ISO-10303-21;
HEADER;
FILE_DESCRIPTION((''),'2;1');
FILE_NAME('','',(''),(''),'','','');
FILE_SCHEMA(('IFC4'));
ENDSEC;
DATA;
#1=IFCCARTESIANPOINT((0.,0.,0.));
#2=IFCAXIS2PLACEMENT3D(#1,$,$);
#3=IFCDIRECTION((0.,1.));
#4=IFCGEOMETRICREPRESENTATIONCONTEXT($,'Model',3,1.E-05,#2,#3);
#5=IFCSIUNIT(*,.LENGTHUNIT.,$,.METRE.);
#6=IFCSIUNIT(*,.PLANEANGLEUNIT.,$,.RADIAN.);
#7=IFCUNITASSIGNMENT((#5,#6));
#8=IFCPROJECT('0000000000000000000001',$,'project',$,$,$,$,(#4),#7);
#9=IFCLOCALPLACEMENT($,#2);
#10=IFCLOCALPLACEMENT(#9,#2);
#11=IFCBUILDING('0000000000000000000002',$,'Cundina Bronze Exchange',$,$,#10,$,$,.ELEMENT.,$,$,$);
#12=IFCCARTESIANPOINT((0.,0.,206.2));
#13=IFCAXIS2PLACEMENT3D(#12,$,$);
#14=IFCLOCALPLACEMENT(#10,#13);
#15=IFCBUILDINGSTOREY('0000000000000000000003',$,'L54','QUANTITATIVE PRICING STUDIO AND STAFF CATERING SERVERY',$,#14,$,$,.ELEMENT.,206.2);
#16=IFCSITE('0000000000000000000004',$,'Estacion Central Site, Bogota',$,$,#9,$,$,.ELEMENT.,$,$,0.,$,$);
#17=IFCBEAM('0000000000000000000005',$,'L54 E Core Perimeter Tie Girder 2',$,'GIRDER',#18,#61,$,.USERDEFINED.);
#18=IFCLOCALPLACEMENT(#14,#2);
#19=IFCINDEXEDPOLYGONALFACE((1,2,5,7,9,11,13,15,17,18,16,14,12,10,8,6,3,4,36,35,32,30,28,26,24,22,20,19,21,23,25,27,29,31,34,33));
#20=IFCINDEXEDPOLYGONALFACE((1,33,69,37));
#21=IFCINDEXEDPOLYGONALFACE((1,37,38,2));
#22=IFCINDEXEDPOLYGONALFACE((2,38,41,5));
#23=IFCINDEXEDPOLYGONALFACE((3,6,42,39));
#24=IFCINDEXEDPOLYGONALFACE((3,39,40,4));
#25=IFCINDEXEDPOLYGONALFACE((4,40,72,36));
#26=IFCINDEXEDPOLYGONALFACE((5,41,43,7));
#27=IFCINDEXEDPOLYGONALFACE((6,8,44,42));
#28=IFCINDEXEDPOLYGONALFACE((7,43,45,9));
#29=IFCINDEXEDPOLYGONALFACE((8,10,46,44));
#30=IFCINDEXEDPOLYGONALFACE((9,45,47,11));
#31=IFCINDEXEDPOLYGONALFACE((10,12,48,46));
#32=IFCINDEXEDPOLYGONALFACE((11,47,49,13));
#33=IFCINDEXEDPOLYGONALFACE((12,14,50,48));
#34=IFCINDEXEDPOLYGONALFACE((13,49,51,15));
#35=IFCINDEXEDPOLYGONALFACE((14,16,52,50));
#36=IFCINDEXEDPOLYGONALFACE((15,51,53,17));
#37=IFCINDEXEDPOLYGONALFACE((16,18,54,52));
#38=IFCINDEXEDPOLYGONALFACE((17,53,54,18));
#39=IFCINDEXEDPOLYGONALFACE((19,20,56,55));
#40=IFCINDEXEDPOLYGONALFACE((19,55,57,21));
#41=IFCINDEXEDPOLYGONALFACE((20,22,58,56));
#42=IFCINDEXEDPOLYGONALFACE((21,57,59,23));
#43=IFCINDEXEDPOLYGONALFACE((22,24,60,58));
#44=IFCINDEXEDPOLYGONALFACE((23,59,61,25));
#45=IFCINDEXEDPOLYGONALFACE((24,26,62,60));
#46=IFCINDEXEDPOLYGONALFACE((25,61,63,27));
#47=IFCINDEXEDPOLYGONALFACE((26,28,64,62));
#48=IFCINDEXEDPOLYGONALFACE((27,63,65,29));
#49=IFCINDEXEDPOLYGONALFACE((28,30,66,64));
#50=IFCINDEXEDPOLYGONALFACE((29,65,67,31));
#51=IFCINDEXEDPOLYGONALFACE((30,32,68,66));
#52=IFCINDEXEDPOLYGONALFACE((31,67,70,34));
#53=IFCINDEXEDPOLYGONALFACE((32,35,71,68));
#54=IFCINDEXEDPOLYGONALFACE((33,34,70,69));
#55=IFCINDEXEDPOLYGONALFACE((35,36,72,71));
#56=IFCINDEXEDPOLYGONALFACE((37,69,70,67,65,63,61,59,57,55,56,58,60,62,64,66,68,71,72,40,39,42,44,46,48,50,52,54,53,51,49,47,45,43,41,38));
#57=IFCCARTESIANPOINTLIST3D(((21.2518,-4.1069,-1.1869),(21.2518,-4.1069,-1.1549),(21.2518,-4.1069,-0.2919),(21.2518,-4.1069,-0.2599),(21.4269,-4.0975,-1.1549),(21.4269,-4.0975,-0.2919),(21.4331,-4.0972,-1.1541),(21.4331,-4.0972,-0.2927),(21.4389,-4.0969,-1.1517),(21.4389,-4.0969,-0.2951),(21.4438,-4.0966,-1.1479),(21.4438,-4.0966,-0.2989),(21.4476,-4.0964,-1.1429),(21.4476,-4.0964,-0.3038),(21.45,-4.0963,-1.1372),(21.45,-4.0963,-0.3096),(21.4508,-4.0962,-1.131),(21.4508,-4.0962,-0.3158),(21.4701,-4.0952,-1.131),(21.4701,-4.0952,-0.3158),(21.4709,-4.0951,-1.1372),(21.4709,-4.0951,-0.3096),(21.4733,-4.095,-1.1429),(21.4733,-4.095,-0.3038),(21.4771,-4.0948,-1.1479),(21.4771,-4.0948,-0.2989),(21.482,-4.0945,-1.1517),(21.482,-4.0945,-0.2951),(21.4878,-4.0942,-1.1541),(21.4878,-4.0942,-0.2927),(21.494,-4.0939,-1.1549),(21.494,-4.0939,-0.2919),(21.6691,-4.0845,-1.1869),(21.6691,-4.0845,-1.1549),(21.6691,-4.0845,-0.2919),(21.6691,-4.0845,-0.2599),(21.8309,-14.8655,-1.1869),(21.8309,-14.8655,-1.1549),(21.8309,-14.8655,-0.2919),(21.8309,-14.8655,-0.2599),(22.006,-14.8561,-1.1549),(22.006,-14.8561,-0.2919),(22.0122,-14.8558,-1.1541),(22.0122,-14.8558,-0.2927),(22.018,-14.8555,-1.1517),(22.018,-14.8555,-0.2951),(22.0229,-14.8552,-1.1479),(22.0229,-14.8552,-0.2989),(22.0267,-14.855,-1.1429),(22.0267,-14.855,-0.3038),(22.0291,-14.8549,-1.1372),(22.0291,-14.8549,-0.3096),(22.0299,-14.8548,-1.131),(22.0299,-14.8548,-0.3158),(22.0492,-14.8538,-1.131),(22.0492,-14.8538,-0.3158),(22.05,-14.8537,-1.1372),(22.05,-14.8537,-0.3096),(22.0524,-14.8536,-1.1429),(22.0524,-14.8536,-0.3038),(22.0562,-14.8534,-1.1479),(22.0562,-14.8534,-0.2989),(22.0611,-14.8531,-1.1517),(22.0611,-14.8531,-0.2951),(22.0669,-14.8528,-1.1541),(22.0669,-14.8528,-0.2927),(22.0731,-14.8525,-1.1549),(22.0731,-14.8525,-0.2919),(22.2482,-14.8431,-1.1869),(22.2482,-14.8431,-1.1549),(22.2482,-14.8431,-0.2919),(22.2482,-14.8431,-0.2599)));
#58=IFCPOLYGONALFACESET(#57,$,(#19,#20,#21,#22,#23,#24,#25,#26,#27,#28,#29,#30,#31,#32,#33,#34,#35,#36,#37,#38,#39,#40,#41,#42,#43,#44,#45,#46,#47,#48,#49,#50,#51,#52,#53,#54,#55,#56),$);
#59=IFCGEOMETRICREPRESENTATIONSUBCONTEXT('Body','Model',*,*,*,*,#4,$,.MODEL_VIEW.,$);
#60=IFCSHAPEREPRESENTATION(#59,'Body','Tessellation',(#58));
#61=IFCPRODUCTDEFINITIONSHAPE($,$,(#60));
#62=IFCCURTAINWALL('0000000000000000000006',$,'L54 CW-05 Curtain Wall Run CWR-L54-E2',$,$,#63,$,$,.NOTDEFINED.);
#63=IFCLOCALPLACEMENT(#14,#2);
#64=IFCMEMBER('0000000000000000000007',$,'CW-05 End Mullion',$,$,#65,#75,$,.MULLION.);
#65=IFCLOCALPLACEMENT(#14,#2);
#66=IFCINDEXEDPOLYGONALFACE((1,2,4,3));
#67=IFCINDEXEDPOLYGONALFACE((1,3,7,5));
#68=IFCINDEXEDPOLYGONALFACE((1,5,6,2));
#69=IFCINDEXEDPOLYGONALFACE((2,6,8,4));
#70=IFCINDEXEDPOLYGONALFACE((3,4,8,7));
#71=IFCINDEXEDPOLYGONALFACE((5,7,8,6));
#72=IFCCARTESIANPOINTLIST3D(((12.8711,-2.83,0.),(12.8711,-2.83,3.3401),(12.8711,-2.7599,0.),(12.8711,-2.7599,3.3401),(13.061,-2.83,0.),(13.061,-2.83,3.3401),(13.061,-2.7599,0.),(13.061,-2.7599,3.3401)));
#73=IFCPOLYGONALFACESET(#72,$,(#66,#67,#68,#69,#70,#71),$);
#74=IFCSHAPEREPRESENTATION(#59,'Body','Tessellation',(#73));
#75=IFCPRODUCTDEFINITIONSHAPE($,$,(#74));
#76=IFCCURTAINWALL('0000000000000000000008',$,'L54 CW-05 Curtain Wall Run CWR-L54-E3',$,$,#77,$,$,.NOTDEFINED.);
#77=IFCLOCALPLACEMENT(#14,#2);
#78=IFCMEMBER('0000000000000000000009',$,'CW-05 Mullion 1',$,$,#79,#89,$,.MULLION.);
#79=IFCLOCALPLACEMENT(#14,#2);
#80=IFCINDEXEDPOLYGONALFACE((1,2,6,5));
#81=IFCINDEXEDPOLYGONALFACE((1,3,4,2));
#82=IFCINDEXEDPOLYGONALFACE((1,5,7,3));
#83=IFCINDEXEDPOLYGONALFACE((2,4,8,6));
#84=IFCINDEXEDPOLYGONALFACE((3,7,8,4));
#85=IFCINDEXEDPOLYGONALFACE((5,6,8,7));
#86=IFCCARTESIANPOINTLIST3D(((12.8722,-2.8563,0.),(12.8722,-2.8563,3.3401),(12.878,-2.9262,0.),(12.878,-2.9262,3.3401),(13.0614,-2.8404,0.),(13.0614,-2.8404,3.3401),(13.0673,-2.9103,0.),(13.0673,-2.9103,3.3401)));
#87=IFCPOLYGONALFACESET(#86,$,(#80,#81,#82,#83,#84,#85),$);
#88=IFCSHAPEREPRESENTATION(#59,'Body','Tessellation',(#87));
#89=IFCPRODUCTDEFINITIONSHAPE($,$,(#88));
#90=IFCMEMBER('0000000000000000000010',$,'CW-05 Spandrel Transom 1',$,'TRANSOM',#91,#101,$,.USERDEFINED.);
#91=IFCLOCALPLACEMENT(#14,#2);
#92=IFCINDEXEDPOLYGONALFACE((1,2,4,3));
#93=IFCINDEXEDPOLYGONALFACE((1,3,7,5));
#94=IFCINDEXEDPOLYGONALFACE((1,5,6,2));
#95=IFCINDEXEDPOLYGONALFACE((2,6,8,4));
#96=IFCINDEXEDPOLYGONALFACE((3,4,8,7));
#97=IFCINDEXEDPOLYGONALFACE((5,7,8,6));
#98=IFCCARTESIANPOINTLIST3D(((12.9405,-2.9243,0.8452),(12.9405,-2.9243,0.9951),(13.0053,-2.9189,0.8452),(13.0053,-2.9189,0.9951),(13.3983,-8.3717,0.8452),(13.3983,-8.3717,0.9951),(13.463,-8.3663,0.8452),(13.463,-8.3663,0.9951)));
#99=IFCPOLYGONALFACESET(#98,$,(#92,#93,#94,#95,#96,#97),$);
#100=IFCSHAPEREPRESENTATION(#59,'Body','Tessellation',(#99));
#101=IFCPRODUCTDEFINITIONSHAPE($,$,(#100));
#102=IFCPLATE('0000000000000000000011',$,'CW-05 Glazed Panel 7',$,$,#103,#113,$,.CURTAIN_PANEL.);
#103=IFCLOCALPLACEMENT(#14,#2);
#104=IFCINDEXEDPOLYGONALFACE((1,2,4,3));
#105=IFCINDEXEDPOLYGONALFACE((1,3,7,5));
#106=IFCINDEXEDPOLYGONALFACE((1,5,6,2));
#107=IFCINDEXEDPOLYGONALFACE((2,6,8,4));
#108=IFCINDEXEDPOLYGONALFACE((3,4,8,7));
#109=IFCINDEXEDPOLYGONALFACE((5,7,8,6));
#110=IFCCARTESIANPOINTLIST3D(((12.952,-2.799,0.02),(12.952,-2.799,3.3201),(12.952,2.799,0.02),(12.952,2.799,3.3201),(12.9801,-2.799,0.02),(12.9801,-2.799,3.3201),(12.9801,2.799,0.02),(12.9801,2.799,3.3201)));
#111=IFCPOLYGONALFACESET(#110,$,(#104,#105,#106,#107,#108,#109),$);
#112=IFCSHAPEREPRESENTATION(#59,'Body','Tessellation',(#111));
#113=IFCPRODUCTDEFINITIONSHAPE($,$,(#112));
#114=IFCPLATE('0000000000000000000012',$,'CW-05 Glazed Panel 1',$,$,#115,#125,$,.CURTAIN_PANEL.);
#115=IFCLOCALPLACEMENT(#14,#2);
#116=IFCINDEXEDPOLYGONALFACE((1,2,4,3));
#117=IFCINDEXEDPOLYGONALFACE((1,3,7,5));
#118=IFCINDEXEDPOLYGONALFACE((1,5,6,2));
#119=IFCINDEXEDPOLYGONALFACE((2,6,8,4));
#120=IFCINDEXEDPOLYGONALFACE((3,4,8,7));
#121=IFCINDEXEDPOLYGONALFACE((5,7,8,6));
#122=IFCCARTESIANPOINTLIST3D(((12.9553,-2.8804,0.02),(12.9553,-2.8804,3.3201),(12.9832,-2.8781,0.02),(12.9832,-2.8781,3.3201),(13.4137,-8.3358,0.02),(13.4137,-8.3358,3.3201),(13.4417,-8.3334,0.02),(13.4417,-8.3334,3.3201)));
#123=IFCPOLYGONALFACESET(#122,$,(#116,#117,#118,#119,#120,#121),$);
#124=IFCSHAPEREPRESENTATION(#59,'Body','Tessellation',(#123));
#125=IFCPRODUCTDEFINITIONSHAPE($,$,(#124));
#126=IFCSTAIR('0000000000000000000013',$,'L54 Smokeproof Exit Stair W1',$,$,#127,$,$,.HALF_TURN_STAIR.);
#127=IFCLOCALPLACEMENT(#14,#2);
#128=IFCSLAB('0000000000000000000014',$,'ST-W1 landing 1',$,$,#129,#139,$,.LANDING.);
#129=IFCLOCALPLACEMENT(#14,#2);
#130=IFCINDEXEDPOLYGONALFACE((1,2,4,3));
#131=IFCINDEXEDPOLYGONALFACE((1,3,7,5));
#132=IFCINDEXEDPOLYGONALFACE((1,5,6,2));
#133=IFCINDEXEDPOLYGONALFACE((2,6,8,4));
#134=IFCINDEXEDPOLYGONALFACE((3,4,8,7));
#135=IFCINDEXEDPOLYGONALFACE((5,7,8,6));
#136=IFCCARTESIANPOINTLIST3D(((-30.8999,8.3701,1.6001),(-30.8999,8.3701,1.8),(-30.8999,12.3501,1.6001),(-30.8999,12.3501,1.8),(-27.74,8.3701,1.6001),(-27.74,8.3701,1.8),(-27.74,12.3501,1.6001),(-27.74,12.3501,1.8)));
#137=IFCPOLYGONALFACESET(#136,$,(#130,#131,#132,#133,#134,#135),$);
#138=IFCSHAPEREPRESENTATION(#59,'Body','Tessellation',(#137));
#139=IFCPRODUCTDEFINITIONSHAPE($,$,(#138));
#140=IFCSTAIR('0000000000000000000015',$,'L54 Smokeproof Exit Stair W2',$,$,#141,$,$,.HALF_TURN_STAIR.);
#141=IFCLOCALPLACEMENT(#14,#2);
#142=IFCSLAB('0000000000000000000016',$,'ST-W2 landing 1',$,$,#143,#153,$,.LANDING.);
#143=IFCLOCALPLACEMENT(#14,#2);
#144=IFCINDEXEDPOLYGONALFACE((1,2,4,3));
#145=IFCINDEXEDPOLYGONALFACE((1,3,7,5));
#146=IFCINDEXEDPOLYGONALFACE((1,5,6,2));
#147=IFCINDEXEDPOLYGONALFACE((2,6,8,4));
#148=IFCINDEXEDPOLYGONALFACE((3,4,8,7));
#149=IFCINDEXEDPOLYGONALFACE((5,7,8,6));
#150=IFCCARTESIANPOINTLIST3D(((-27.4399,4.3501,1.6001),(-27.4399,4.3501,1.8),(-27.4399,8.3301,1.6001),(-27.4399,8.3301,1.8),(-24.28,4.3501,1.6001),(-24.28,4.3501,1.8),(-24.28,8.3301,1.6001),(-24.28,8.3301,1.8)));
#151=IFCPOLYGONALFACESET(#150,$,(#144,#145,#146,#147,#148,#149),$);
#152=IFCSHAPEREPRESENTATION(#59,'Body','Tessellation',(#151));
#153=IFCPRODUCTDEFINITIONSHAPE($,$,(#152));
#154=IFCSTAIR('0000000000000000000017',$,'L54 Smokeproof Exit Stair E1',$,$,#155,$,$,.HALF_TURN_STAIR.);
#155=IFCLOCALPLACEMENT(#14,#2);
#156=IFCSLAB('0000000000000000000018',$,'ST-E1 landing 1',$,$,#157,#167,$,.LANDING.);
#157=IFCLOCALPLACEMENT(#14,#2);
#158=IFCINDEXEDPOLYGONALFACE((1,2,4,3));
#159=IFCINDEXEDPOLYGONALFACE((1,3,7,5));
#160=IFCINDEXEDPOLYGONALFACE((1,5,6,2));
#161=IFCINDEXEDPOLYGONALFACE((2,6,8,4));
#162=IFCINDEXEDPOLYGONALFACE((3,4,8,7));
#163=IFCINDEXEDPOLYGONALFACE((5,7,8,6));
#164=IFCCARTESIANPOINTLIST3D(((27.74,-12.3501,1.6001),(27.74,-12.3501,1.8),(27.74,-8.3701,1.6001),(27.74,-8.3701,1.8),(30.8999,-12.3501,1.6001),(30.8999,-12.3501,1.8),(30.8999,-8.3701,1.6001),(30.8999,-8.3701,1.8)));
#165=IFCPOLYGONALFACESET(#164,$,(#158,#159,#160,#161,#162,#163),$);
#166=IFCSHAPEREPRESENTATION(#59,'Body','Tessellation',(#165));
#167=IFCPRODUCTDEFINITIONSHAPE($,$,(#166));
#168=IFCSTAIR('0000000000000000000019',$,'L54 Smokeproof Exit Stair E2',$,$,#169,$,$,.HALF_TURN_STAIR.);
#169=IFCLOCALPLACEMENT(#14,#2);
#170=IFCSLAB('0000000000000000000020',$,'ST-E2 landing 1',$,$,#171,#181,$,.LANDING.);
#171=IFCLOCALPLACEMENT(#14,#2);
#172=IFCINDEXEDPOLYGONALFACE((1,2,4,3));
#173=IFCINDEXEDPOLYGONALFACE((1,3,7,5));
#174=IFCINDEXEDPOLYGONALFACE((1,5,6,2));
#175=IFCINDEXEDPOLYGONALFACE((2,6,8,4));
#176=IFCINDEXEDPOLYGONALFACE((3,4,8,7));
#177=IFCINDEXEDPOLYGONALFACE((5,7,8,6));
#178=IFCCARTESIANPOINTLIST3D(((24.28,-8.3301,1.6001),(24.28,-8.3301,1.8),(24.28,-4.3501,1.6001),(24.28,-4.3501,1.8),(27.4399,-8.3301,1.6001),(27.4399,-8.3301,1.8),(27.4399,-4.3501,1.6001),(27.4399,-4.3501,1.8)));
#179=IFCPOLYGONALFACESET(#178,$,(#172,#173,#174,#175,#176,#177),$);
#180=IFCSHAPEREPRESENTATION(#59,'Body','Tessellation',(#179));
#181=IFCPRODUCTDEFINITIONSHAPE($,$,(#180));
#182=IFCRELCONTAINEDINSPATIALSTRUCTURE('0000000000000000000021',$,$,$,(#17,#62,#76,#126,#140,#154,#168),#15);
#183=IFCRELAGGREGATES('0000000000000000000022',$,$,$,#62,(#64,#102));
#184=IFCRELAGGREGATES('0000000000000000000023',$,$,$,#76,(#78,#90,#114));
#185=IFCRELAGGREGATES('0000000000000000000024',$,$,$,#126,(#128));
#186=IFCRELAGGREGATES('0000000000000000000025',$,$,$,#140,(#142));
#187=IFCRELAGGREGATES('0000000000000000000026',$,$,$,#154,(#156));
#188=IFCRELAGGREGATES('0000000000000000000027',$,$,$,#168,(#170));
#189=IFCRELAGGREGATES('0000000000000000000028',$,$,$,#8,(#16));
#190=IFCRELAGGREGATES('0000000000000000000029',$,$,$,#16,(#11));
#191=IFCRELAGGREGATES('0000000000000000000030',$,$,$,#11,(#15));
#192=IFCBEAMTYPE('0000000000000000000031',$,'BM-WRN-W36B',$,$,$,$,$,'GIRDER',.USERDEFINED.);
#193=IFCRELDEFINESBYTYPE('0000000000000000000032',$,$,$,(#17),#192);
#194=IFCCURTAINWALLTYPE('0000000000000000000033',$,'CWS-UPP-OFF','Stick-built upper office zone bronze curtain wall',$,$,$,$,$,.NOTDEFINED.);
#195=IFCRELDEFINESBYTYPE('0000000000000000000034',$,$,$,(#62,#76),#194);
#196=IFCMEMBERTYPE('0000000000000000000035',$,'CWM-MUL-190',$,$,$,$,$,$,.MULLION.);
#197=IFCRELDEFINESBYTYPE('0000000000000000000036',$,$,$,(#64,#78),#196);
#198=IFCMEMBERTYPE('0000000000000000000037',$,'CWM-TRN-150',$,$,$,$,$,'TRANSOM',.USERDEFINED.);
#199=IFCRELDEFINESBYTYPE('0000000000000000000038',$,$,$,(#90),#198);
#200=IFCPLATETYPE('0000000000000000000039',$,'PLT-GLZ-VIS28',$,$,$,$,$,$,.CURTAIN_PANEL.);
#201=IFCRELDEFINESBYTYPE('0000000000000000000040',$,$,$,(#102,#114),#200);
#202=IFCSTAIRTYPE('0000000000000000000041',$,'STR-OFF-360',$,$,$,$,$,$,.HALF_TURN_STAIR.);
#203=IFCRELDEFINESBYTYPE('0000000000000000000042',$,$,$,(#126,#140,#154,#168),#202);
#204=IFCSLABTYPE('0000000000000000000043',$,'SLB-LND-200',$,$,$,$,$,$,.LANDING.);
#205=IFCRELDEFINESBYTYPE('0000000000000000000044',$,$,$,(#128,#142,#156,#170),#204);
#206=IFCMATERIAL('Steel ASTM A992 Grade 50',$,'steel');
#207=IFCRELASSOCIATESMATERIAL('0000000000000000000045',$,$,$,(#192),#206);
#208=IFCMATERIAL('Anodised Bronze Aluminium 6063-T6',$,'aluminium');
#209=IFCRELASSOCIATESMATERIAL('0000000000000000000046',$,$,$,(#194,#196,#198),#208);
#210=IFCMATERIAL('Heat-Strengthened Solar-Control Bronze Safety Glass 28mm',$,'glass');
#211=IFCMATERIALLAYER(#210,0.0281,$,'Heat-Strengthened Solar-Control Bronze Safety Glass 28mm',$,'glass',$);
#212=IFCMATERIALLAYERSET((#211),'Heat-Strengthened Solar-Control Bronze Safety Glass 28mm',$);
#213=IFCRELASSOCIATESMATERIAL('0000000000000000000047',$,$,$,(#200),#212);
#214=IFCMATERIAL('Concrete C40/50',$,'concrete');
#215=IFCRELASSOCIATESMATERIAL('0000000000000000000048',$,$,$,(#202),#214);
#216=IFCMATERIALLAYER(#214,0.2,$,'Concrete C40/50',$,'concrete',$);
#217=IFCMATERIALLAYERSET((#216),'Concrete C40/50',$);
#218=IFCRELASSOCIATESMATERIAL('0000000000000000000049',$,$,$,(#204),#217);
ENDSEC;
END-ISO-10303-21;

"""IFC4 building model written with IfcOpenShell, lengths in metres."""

from ifc_helpers import new_model, si_unit, direction, frame, origin, origin_2d, place, context, subcontext, project, spatial, polyline, rectangle, i_section, outline, extrude, material, layer, layer_set, material_profile, profile_set, type_object, element, aggregate, save


model = new_model("IFC4")

# Units and contexts
model_context = context("Model", 3, precision=1e-05, world=origin(), true_north=direction((0.0, 1.0)))
body_context = subcontext(model_context, "Body", "Model", "MODEL_VIEW")
ifc_project = project(units=[si_unit("LENGTHUNIT", "METRE"), si_unit("PLANEANGLEUNIT", "RADIAN")], contexts=[model_context])

# Site, building, storey
site_placement = place(None, origin())
site = spatial("IfcSite", under=ifc_project, at=site_placement, Name="Estacion Central Site, Bogota", CompositionType="ELEMENT", RefElevation=0.0)
building_placement = place(site_placement, origin())
building = spatial("IfcBuilding", under=site, at=building_placement, Name="Cundina Bronze Exchange", CompositionType="ELEMENT")
storey_placement = place(building_placement, frame((0.0, 0.0, 206.2)))
storey = spatial("IfcBuildingStorey", under=building, at=storey_placement, Name="L54", Description="QUANTITATIVE PRICING STUDIO AND STAFF CATERING SERVERY", CompositionType="ELEMENT", Elevation=206.2)

# Shared definitions
ifc_material_1 = material(Name="Steel ASTM A992 Grade 50", Category="steel")

# Beam
ifc_material_profile_1 = material_profile(ifc_material_1, i_section(OverallWidth=0.418, OverallDepth=0.927, WebThickness=0.0193, FlangeThickness=0.032, FilletRadius=0.0239, at=origin_2d()), Name="W36X231", Category="steel")
ifc_profile_set_1 = profile_set([ifc_material_profile_1], Name="Steel ASTM A992 Grade 50")
beam_type_1 = type_object("IfcBeamType", Name="BM-WRN-W36B", ElementType="GIRDER", PredefinedType="USERDEFINED", material=ifc_profile_set_1)
beam_1_placement = place(storey_placement, frame((21.4604, -4.0957, -0.7234), z_axis=(0.053749, -0.998554, 0.0), x_axis=(0.998554, 0.053749, 0.0)))
element("IfcBeam", 1, at=beam_1_placement, inside=storey, type_object=beam_type_1, Name="L54 E Core Perimeter Tie Girder 2", ObjectType="GIRDER", PredefinedType="USERDEFINED", context=body_context, shape_type="SweptSolid", body=[
    extrude(i_section(OverallWidth=0.418, OverallDepth=0.927, WebThickness=0.0193, FlangeThickness=0.032, FilletRadius=0.0239, at=origin_2d()), origin(), (0.0, 0.0, 1.0), 10.7742),
])

# Curtain wall, member
ifc_material_2 = material(Name="Anodised Bronze Aluminium 6063-T6", Category="aluminium")
curtain_wall_type = type_object("IfcCurtainWallType", Name="CWS-UPP-OFF", Description="Stick-built upper office zone bronze curtain wall", PredefinedType="NOTDEFINED", material=ifc_material_2)
curtain_wall_1_placement = place(storey_placement, origin())
curtain_wall_1 = element("IfcCurtainWall", 2, at=curtain_wall_1_placement, inside=storey, type_object=curtain_wall_type, Name="L54 CW-05 Curtain Wall Run CWR-L54-E2", PredefinedType="NOTDEFINED")
ifc_material_profile_2 = material_profile(ifc_material_2, rectangle(XDim=0.0701, YDim=0.1899, at=origin_2d()), Name="AL70X190", Category="aluminium")
ifc_profile_set_2 = profile_set([ifc_material_profile_2], Name="Anodised Bronze Aluminium 6063-T6")
member_type_1 = type_object("IfcMemberType", Name="CWM-MUL-190", PredefinedType="MULLION", material=ifc_profile_set_2)
member_1_placement = place(storey_placement, frame((12.9661, -2.7949, 0.0), z_axis=(0.0, 0.0, 1.0), x_axis=(0.0, -1.0, 0.0)))
member_1 = element("IfcMember", 3, at=member_1_placement, type_object=member_type_1, Name="CW-05 End Mullion", PredefinedType="MULLION", context=body_context, shape_type="SweptSolid", body=[
    extrude(rectangle(XDim=0.0701, YDim=0.1899, at=origin_2d()), origin(), (0.0, 0.0, 1.0), 3.3401),
])

# Curtain wall, members
curtain_wall_2_placement = place(storey_placement, origin())
curtain_wall_2 = element("IfcCurtainWall", 4, at=curtain_wall_2_placement, inside=storey, type_object=curtain_wall_type, Name="L54 CW-05 Curtain Wall Run CWR-L54-E3", PredefinedType="NOTDEFINED")
member_2_placement = place(storey_placement, frame((12.9697, -2.8833, 0.0), z_axis=(0.0, 0.0, 1.0), x_axis=(0.083678, -0.996493, 0.0)))
member_2 = element("IfcMember", 5, at=member_2_placement, type_object=member_type_1, Name="CW-05 Mullion 1", PredefinedType="MULLION", context=body_context, shape_type="SweptSolid", body=[
    extrude(rectangle(XDim=0.0701, YDim=0.1899, at=origin_2d()), origin(), (0.0, 0.0, 1.0), 3.3401),
])
ifc_material_profile_3 = material_profile(ifc_material_2, rectangle(XDim=0.0649, YDim=0.1499, at=origin_2d()), Name="AL65X150", Category="aluminium")
ifc_profile_set_3 = profile_set([ifc_material_profile_3], Name="Anodised Bronze Aluminium 6063-T6")
member_type_2 = type_object("IfcMemberType", Name="CWM-TRN-150", ElementType="TRANSOM", PredefinedType="USERDEFINED", material=ifc_profile_set_3)
member_3_placement = place(storey_placement, frame((12.9729, -2.9216, 0.9202), z_axis=(0.08374, -0.996488, 0.0), x_axis=(0.996488, 0.08374, 0.0)))
member_3 = element("IfcMember", 6, at=member_3_placement, type_object=member_type_2, Name="CW-05 Spandrel Transom 1", ObjectType="TRANSOM", PredefinedType="USERDEFINED", context=body_context, shape_type="SweptSolid", body=[
    extrude(rectangle(XDim=0.0649, YDim=0.1499, at=origin_2d()), origin(), (0.0, 0.0, 1.0), 5.4666),
])

# Plates
ifc_material_3 = material(Name="Heat-Strengthened Solar-Control Bronze Safety Glass 28mm", Category="glass")
ifc_layer_1 = layer(ifc_material_3, 0.0281, Name="Heat-Strengthened Solar-Control Bronze Safety Glass 28mm", Category="glass")
ifc_layer_set_1 = layer_set([ifc_layer_1], Name="Heat-Strengthened Solar-Control Bronze Safety Glass 28mm")
plate_type = type_object("IfcPlateType", Name="PLT-GLZ-VIS28", PredefinedType="CURTAIN_PANEL", material=ifc_layer_set_1)
plate_1_placement = place(storey_placement, frame((12.9661, 0.0, 0.02), z_axis=(0.0, 0.0, 1.0), x_axis=(0.0, -1.0, 0.0)))
plate_1 = element("IfcPlate", 7, at=plate_1_placement, type_object=plate_type, Name="CW-05 Glazed Panel 7", PredefinedType="CURTAIN_PANEL", context=body_context, shape_type="SweptSolid", body=[
    extrude(rectangle(XDim=5.5979, YDim=0.0281, at=origin_2d()), origin(), (0.0, 0.0, 1.0), 3.3),
])
aggregate(curtain_wall_1, [member_1, plate_1])
plate_2_placement = place(storey_placement, frame((13.1985, -5.6069, 0.02), z_axis=(0.0, 0.0, 1.0), x_axis=(0.083747, -0.996487, 0.0)))
plate_2 = element("IfcPlate", 8, at=plate_2_placement, type_object=plate_type, Name="CW-05 Glazed Panel 1", PredefinedType="CURTAIN_PANEL", context=body_context, shape_type="SweptSolid", body=[
    extrude(rectangle(XDim=5.4746, YDim=0.0281, at=origin_2d()), origin(), (0.0, 0.0, 1.0), 3.3),
])
aggregate(curtain_wall_2, [member_2, member_3, plate_2])

# Stairs, slabs
ifc_material_4 = material(Name="Concrete C40/50", Category="concrete")
stair_type = type_object("IfcStairType", Name="STR-OFF-360", PredefinedType="HALF_TURN_STAIR", material=ifc_material_4)
stair_1_placement = place(storey_placement, origin())
stair_1 = element("IfcStair", 9, at=stair_1_placement, inside=storey, type_object=stair_type, Name="L54 Smokeproof Exit Stair W1", PredefinedType="HALF_TURN_STAIR")
ifc_layer_2 = layer(ifc_material_4, 0.2, Name="Concrete C40/50", Category="concrete")
ifc_layer_set_2 = layer_set([ifc_layer_2], Name="Concrete C40/50")
slab_type_1 = type_object("IfcSlabType", Name="SLB-LND-200", PredefinedType="LANDING", material=ifc_layer_set_2)
slab_1_placement = place(storey_placement, frame((0.0, 0.0, 1.6001)))
slab_1 = element("IfcSlab", 10, at=slab_1_placement, type_object=slab_type_1, Name="ST-W1 landing 1", PredefinedType="LANDING", context=body_context, shape_type="SweptSolid", body=[
    extrude(outline(polyline([(-27.74, 8.3701), (-27.74, 12.3501), (-30.8999, 12.3501), (-30.8999, 8.3701), (-27.74, 8.3701)])), origin(), (0.0, 0.0, 1.0), 0.2),
])
aggregate(stair_1, [slab_1])
stair_2_placement = place(storey_placement, origin())
stair_2 = element("IfcStair", 11, at=stair_2_placement, inside=storey, type_object=stair_type, Name="L54 Smokeproof Exit Stair W2", PredefinedType="HALF_TURN_STAIR")
slab_2_placement = place(storey_placement, frame((0.0, 0.0, 1.6001)))
slab_2 = element("IfcSlab", 12, at=slab_2_placement, type_object=slab_type_1, Name="ST-W2 landing 1", PredefinedType="LANDING", context=body_context, shape_type="SweptSolid", body=[
    extrude(outline(polyline([(-27.4399, 8.3301), (-27.4399, 4.3501), (-24.28, 4.3501), (-24.28, 8.3301), (-27.4399, 8.3301)])), origin(), (0.0, 0.0, 1.0), 0.2),
])
aggregate(stair_2, [slab_2])
stair_3_placement = place(storey_placement, origin())
stair_3 = element("IfcStair", 13, at=stair_3_placement, inside=storey, type_object=stair_type, Name="L54 Smokeproof Exit Stair E1", PredefinedType="HALF_TURN_STAIR")
slab_3_placement = place(storey_placement, frame((0.0, 0.0, 1.6001)))
slab_3 = element("IfcSlab", 14, at=slab_3_placement, type_object=slab_type_1, Name="ST-E1 landing 1", PredefinedType="LANDING", context=body_context, shape_type="SweptSolid", body=[
    extrude(outline(polyline([(27.74, -8.3701), (27.74, -12.3501), (30.8999, -12.3501), (30.8999, -8.3701), (27.74, -8.3701)])), origin(), (0.0, 0.0, 1.0), 0.2),
])
aggregate(stair_3, [slab_3])
stair_4_placement = place(storey_placement, origin())
stair_4 = element("IfcStair", 15, at=stair_4_placement, inside=storey, type_object=stair_type, Name="L54 Smokeproof Exit Stair E2", PredefinedType="HALF_TURN_STAIR")
slab_4_placement = place(storey_placement, frame((0.0, 0.0, 1.6001)))
slab_4 = element("IfcSlab", 16, at=slab_4_placement, type_object=slab_type_1, Name="ST-E2 landing 1", PredefinedType="LANDING", context=body_context, shape_type="SweptSolid", body=[
    extrude(outline(polyline([(27.4399, -8.3301), (27.4399, -4.3501), (24.28, -4.3501), (24.28, -8.3301), (27.4399, -8.3301)])), origin(), (0.0, 0.0, 1.0), 0.2),
])
aggregate(stair_4, [slab_4])

save(model, "model.ifc")
